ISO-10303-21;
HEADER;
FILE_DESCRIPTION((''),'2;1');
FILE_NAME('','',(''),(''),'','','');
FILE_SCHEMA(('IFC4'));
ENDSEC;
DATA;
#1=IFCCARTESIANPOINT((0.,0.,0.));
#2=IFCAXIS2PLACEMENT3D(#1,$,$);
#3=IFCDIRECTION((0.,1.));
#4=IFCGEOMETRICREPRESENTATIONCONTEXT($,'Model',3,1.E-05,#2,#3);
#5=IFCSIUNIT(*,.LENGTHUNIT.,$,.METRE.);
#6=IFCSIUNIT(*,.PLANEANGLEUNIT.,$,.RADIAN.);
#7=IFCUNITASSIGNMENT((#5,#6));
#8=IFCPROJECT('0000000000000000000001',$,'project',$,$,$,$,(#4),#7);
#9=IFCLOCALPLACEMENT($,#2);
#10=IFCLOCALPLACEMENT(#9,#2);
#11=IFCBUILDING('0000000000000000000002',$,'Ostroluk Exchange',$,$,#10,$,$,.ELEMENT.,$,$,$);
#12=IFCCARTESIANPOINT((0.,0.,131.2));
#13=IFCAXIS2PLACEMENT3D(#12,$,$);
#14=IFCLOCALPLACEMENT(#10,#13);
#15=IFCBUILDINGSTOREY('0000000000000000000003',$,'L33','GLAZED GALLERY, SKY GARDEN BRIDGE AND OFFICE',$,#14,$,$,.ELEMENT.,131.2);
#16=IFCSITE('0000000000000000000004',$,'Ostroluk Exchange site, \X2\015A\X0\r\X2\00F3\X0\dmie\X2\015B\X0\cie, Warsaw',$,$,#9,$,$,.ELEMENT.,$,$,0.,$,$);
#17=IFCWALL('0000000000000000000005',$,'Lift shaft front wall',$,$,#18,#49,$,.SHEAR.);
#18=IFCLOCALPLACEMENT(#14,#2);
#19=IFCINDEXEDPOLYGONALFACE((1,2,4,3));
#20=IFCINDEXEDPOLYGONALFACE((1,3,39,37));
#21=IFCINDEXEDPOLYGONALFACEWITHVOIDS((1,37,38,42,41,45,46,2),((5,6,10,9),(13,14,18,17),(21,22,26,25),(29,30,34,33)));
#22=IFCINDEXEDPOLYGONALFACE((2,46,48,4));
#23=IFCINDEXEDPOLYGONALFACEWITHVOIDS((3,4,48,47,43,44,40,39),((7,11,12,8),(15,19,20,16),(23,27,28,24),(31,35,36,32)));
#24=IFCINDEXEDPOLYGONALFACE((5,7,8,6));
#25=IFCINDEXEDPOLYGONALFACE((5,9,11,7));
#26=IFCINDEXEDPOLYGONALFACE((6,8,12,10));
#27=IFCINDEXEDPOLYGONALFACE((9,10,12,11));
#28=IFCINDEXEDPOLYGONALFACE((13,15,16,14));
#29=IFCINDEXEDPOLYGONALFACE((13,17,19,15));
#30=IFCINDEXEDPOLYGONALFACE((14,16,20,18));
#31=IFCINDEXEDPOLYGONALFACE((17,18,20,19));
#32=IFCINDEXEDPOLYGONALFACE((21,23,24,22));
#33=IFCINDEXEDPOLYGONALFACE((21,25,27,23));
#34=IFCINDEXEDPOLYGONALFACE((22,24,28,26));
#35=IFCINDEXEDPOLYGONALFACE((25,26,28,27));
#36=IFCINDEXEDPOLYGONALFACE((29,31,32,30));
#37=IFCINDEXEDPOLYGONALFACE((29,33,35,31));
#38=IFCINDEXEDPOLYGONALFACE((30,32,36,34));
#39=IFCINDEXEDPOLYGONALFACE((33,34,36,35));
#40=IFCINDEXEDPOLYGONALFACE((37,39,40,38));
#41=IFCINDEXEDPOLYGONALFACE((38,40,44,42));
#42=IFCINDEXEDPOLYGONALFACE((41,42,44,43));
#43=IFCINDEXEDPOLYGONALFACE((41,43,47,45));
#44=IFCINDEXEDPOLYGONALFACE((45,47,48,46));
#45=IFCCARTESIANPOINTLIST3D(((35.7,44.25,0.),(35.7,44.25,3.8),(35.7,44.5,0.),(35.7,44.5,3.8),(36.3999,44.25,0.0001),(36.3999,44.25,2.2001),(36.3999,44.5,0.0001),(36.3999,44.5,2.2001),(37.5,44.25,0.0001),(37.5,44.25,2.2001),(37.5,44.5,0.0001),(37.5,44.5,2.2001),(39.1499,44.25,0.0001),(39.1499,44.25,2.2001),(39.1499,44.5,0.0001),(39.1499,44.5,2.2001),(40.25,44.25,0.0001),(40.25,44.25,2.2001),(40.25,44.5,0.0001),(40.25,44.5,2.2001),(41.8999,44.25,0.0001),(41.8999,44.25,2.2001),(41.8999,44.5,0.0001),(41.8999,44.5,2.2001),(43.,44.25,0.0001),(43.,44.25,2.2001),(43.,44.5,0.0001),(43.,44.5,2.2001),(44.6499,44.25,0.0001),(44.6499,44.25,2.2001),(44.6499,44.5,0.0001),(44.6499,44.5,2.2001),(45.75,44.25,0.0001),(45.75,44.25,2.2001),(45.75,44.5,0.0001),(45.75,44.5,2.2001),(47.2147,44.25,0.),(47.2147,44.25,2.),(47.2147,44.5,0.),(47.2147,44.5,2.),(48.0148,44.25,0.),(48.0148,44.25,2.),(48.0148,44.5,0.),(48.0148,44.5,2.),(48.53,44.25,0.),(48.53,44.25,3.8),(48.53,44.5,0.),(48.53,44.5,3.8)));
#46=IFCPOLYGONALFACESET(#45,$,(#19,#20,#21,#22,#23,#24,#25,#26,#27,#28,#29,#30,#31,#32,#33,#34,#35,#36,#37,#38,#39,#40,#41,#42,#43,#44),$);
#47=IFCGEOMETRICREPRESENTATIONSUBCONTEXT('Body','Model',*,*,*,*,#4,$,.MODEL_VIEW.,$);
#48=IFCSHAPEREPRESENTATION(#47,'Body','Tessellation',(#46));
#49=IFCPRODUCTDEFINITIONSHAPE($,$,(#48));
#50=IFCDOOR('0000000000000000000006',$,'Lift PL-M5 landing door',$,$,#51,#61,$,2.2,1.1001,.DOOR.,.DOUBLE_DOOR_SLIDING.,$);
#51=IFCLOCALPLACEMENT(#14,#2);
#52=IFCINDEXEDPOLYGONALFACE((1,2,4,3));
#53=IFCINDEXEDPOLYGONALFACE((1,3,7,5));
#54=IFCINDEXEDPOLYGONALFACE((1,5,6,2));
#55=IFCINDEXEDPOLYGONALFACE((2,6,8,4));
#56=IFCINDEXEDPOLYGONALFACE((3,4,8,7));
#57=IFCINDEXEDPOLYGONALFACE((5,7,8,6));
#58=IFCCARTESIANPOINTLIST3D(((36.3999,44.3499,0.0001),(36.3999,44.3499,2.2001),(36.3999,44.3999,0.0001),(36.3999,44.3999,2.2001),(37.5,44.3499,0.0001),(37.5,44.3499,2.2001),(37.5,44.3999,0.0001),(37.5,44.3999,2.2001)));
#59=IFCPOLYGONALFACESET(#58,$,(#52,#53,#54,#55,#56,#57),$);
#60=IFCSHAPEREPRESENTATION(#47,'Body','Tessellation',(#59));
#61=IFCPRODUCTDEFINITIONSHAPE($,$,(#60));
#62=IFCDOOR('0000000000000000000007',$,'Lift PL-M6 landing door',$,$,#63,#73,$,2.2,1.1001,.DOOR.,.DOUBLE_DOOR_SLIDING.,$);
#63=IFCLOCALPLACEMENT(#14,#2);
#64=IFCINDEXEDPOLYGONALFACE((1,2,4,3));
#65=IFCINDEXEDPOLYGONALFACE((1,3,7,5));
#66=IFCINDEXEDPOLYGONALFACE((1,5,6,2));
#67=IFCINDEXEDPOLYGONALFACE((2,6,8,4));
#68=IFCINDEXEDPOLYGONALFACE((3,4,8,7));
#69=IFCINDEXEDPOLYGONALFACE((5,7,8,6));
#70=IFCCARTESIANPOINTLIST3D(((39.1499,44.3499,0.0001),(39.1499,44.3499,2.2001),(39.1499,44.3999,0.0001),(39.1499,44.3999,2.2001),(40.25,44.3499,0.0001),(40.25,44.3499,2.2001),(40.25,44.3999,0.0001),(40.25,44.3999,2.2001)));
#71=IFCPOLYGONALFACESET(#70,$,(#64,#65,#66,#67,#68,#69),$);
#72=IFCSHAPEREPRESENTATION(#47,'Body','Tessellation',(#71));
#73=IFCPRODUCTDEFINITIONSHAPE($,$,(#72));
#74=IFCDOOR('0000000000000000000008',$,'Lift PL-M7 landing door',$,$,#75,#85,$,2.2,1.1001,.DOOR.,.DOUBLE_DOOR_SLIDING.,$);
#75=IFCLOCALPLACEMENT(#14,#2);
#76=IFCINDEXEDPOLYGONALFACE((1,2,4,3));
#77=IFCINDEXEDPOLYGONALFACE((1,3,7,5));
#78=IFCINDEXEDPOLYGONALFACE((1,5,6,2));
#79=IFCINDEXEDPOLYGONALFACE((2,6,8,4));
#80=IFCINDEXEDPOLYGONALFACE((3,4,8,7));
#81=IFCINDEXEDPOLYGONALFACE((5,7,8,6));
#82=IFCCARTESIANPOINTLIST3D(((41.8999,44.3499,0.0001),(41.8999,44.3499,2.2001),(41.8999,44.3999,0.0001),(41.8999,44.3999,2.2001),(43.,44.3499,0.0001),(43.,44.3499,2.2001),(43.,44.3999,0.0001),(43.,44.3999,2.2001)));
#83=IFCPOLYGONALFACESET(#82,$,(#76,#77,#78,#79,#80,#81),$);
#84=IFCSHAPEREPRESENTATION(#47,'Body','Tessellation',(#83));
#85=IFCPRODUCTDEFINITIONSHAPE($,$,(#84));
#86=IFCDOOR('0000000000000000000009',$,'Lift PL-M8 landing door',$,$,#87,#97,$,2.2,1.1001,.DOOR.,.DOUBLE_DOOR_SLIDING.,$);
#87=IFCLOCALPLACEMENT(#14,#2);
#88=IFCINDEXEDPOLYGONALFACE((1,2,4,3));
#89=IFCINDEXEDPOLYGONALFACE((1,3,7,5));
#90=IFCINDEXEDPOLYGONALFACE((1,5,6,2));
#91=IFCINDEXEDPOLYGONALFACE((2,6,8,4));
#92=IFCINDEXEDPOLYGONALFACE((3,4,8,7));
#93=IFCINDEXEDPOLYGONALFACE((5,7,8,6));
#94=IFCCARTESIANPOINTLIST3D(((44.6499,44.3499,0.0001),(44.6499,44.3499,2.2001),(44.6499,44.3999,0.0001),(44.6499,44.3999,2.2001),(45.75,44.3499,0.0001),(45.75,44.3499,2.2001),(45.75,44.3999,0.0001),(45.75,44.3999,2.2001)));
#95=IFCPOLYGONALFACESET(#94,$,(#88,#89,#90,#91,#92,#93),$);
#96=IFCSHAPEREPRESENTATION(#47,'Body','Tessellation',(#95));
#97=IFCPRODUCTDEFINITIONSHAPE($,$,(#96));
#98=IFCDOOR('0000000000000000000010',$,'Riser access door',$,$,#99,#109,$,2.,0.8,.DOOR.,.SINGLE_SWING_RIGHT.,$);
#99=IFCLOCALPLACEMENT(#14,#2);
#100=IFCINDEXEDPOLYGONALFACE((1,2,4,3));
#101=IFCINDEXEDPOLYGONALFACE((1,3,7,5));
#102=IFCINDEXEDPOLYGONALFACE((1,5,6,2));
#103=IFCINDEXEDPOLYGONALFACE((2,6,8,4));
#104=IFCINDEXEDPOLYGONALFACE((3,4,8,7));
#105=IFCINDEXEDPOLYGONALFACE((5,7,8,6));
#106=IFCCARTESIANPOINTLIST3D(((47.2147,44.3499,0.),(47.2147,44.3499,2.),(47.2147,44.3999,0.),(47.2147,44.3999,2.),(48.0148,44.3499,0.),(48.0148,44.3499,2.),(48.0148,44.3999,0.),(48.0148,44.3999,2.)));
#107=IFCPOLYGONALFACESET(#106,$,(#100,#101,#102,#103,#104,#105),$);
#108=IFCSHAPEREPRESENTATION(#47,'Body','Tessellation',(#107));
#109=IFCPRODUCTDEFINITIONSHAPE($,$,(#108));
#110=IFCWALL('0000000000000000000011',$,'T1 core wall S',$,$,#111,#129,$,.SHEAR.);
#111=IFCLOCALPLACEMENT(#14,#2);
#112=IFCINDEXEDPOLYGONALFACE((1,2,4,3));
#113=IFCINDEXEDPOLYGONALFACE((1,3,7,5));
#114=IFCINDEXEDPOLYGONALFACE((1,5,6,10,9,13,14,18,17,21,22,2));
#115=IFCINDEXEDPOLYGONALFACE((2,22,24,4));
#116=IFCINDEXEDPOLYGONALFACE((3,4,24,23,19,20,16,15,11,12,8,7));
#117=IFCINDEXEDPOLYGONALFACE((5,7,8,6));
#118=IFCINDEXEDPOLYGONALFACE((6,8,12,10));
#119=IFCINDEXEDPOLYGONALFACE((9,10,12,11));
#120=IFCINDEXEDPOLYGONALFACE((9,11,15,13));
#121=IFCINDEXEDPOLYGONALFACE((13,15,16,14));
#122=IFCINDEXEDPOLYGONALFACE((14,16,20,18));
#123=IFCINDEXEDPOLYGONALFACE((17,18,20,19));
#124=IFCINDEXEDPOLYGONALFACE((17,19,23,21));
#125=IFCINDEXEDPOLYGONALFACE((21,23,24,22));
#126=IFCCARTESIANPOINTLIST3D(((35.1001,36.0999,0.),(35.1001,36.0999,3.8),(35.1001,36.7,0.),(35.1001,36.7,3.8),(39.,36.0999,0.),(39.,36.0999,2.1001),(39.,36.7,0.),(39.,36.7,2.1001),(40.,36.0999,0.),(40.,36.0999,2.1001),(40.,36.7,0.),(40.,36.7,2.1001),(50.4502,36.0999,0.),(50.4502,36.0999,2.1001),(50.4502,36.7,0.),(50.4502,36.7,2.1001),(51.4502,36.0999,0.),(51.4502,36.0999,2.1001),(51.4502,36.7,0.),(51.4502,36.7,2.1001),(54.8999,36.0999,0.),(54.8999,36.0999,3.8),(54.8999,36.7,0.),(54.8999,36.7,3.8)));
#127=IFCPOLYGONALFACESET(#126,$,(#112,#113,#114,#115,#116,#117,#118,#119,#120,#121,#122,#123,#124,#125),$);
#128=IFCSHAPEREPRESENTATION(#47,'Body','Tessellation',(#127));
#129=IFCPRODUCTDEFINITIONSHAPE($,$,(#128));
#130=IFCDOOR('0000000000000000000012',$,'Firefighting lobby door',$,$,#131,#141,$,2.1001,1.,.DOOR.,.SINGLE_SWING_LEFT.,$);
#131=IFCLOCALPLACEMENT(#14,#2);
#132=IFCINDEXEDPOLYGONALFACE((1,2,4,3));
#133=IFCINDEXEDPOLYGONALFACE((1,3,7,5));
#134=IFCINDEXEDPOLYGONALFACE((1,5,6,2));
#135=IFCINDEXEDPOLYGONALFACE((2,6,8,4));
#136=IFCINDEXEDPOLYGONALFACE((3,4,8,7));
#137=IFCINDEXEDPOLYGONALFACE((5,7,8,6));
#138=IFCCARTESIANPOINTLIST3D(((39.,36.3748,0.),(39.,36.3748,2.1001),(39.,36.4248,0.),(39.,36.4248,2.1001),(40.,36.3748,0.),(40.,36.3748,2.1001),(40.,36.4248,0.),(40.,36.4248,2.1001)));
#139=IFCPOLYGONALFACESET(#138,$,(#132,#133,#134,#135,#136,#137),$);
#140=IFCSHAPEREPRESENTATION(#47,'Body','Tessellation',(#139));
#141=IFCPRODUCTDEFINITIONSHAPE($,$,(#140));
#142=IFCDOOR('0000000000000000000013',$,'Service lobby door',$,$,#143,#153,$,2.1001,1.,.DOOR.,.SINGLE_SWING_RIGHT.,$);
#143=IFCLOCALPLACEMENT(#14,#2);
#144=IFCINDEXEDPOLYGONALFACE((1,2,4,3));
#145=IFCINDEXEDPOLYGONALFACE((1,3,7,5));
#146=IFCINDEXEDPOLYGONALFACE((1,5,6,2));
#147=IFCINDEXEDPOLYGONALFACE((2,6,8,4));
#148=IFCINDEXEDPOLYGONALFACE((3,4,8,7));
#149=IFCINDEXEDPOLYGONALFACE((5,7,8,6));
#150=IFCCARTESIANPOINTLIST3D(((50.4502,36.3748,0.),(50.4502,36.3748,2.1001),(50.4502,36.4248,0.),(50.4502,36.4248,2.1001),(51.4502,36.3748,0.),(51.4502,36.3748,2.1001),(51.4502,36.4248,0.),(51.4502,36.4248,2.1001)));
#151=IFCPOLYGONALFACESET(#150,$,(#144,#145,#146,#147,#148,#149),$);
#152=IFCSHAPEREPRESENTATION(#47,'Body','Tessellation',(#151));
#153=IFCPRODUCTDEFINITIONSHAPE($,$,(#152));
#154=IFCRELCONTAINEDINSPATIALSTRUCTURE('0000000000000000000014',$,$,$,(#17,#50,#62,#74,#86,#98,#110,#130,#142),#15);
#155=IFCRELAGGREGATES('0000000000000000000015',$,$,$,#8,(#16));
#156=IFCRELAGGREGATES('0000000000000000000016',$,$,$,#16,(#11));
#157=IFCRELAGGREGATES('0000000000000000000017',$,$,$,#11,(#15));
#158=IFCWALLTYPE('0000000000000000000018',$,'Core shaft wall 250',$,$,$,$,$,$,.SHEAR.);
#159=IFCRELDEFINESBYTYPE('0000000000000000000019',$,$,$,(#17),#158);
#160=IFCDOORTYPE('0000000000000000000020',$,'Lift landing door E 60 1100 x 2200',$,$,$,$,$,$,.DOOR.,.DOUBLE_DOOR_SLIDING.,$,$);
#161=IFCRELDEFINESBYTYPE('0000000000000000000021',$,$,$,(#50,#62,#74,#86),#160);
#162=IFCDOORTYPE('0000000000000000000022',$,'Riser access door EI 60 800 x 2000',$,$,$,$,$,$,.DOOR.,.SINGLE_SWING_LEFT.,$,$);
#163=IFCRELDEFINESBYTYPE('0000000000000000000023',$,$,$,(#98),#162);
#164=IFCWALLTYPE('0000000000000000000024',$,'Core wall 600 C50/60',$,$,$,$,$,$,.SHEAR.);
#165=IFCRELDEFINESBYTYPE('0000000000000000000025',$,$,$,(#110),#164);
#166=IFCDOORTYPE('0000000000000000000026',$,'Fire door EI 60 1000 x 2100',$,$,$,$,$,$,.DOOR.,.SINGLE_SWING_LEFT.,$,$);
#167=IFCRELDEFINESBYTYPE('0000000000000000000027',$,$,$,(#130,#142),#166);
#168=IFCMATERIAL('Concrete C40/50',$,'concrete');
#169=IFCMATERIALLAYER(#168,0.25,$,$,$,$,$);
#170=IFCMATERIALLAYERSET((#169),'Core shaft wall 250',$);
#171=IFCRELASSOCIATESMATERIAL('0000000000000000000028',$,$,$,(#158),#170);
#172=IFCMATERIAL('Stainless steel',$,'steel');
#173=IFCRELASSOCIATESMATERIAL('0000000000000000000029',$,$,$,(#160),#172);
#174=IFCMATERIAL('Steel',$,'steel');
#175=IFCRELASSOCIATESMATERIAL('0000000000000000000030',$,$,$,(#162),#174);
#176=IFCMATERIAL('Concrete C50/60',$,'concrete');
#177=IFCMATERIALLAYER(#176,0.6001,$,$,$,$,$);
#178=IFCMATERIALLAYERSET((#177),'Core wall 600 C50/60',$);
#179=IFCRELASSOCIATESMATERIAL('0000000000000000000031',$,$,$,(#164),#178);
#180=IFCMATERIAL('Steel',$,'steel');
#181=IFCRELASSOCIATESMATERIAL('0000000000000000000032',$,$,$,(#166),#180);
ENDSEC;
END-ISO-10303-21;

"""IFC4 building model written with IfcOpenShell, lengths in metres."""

from ifc_helpers import new_model, si_unit, direction, frame, frame_2d, origin, place, context, subcontext, project, spatial, rectangle, extrude, material, layer, layer_set, type_object, element, fill, save


model = new_model("IFC4")

# Units and contexts
model_context = context("Model", 3, precision=1e-05, world=origin(), true_north=direction((0.0, 1.0)))
body_context = subcontext(model_context, "Body", "Model", "MODEL_VIEW")
ifc_project = project(units=[si_unit("LENGTHUNIT", "METRE"), si_unit("PLANEANGLEUNIT", "RADIAN")], contexts=[model_context])

# Site, building, storey
site_placement = place(None, origin())
site = spatial("IfcSite", under=ifc_project, at=site_placement, Name="Ostroluk Exchange site, Śródmieście, Warsaw", CompositionType="ELEMENT", RefElevation=0.0)
building_placement = place(site_placement, origin())
building = spatial("IfcBuilding", under=site, at=building_placement, Name="Ostroluk Exchange", CompositionType="ELEMENT")
storey_placement = place(building_placement, frame((0.0, 0.0, 131.2)))
storey = spatial("IfcBuildingStorey", under=building, at=storey_placement, Name="L33", Description="GLAZED GALLERY, SKY GARDEN BRIDGE AND OFFICE", CompositionType="ELEMENT", Elevation=131.2)

# Shared definitions
ifc_material_1 = material(Name="Concrete C40/50", Category="concrete")
ifc_layer_1 = layer(ifc_material_1, 0.25)
ifc_layer_set_1 = layer_set([ifc_layer_1], Name="Core shaft wall 250")
wall_type_1 = type_object("IfcWallType", Name="Core shaft wall 250", PredefinedType="SHEAR", material=ifc_layer_set_1)

# Walls, openings, doors
wall_1_placement = place(storey_placement, frame((35.7, 44.375, 0.0), z_axis=(0.0, 0.0, 1.0), x_axis=(1.0, 0.0, 0.0)))
wall_1 = element("IfcWall", 1, at=wall_1_placement, inside=storey, type_object=wall_type_1, Name="Lift shaft front wall", PredefinedType="SHEAR", context=body_context, shape_type="SweptSolid", body=[
    extrude(rectangle(XDim=12.8301, YDim=0.25, at=frame_2d((6.415, 0.0))), origin(), (0.0, 0.0, 1.0), 3.8),
])
opening_1_placement = place(wall_1_placement, frame((0.7, 0.0, 0.0)))
opening_1 = element("IfcOpeningElement", 2, at=opening_1_placement, cuts=wall_1, PredefinedType="OPENING", context=body_context, shape_type="SweptSolid", body=[
    extrude(rectangle(XDim=1.1001, YDim=2.2, at=frame_2d((0.55, 1.1001))), frame((0.0, 0.135, 0.0), z_axis=(0.0, -1.0, 0.0), x_axis=(1.0, 0.0, 0.0)), (0.0, 0.0, 1.0), 0.27),
])
opening_2_placement = place(wall_1_placement, frame((3.45, 0.0, 0.0)))
opening_2 = element("IfcOpeningElement", 3, at=opening_2_placement, cuts=wall_1, PredefinedType="OPENING", context=body_context, shape_type="SweptSolid", body=[
    extrude(rectangle(XDim=1.1001, YDim=2.2, at=frame_2d((0.55, 1.1001))), frame((0.0, 0.135, 0.0), z_axis=(0.0, -1.0, 0.0), x_axis=(1.0, 0.0, 0.0)), (0.0, 0.0, 1.0), 0.27),
])
opening_3_placement = place(wall_1_placement, frame((6.2, 0.0, 0.0)))
opening_3 = element("IfcOpeningElement", 4, at=opening_3_placement, cuts=wall_1, PredefinedType="OPENING", context=body_context, shape_type="SweptSolid", body=[
    extrude(rectangle(XDim=1.1001, YDim=2.2, at=frame_2d((0.55, 1.1001))), frame((0.0, 0.135, 0.0), z_axis=(0.0, -1.0, 0.0), x_axis=(1.0, 0.0, 0.0)), (0.0, 0.0, 1.0), 0.27),
])
opening_4_placement = place(wall_1_placement, frame((8.95, 0.0, 0.0)))
opening_4 = element("IfcOpeningElement", 5, at=opening_4_placement, cuts=wall_1, PredefinedType="OPENING", context=body_context, shape_type="SweptSolid", body=[
    extrude(rectangle(XDim=1.1001, YDim=2.2, at=frame_2d((0.55, 1.1001))), frame((0.0, 0.135, 0.0), z_axis=(0.0, -1.0, 0.0), x_axis=(1.0, 0.0, 0.0)), (0.0, 0.0, 1.0), 0.27),
])
opening_5_placement = place(wall_1_placement, frame((11.5149, 0.0, 0.0)))
opening_5 = element("IfcOpeningElement", 6, at=opening_5_placement, cuts=wall_1, PredefinedType="OPENING", context=body_context, shape_type="SweptSolid", body=[
    extrude(rectangle(XDim=0.8, YDim=2.0, at=frame_2d((0.3999, 1.0))), frame((0.0, 0.135, 0.0), z_axis=(0.0, -1.0, 0.0), x_axis=(1.0, 0.0, 0.0)), (0.0, 0.0, 1.0), 0.27),
])
ifc_material_2 = material(Name="Stainless steel", Category="steel")
door_type_1 = type_object("IfcDoorType", Name="Lift landing door E 60 1100 x 2200", OperationType="DOUBLE_DOOR_SLIDING", PredefinedType="DOOR", material=ifc_material_2)
door_1_placement = place(opening_1_placement, origin())
door_1 = element("IfcDoor", 7, at=door_1_placement, inside=storey, type_object=door_type_1, Name="Lift PL-M5 landing door", OperationType="DOUBLE_DOOR_SLIDING", OverallHeight=2.2, OverallWidth=1.1001, PredefinedType="DOOR", context=body_context, shape_type="SweptSolid", body=[
    extrude(rectangle(XDim=1.1001, YDim=2.2, at=frame_2d((0.55, 1.1001))), frame((0.0, 0.0249, 0.0), z_axis=(0.0, -1.0, 0.0), x_axis=(1.0, 0.0, 0.0)), (0.0, 0.0, 1.0), 0.05),
])
fill(opening_1, door_1)
door_2_placement = place(opening_2_placement, origin())
door_2 = element("IfcDoor", 8, at=door_2_placement, inside=storey, type_object=door_type_1, Name="Lift PL-M6 landing door", OperationType="DOUBLE_DOOR_SLIDING", OverallHeight=2.2, OverallWidth=1.1001, PredefinedType="DOOR", context=body_context, shape_type="SweptSolid", body=[
    extrude(rectangle(XDim=1.1001, YDim=2.2, at=frame_2d((0.55, 1.1001))), frame((0.0, 0.0249, 0.0), z_axis=(0.0, -1.0, 0.0), x_axis=(1.0, 0.0, 0.0)), (0.0, 0.0, 1.0), 0.05),
])
fill(opening_2, door_2)
door_3_placement = place(opening_3_placement, origin())
door_3 = element("IfcDoor", 9, at=door_3_placement, inside=storey, type_object=door_type_1, Name="Lift PL-M7 landing door", OperationType="DOUBLE_DOOR_SLIDING", OverallHeight=2.2, OverallWidth=1.1001, PredefinedType="DOOR", context=body_context, shape_type="SweptSolid", body=[
    extrude(rectangle(XDim=1.1001, YDim=2.2, at=frame_2d((0.55, 1.1001))), frame((0.0, 0.0249, 0.0), z_axis=(0.0, -1.0, 0.0), x_axis=(1.0, 0.0, 0.0)), (0.0, 0.0, 1.0), 0.05),
])
fill(opening_3, door_3)
door_4_placement = place(opening_4_placement, origin())
door_4 = element("IfcDoor", 10, at=door_4_placement, inside=storey, type_object=door_type_1, Name="Lift PL-M8 landing door", OperationType="DOUBLE_DOOR_SLIDING", OverallHeight=2.2, OverallWidth=1.1001, PredefinedType="DOOR", context=body_context, shape_type="SweptSolid", body=[
    extrude(rectangle(XDim=1.1001, YDim=2.2, at=frame_2d((0.55, 1.1001))), frame((0.0, 0.0249, 0.0), z_axis=(0.0, -1.0, 0.0), x_axis=(1.0, 0.0, 0.0)), (0.0, 0.0, 1.0), 0.05),
])
fill(opening_4, door_4)
ifc_material_3 = material(Name="Steel", Category="steel")
door_type_2 = type_object("IfcDoorType", Name="Riser access door EI 60 800 x 2000", OperationType="SINGLE_SWING_LEFT", PredefinedType="DOOR", material=ifc_material_3)
door_5_placement = place(opening_5_placement, origin())
door_5 = element("IfcDoor", 11, at=door_5_placement, inside=storey, type_object=door_type_2, Name="Riser access door", OperationType="SINGLE_SWING_RIGHT", OverallHeight=2.0, OverallWidth=0.8, PredefinedType="DOOR", context=body_context, shape_type="SweptSolid", body=[
    extrude(rectangle(XDim=0.8, YDim=2.0, at=frame_2d((0.3999, 1.0))), frame((0.0, 0.0249, 0.0), z_axis=(0.0, -1.0, 0.0), x_axis=(1.0, 0.0, 0.0)), (0.0, 0.0, 1.0), 0.05),
])
fill(opening_5, door_5)
ifc_material_4 = material(Name="Concrete C50/60", Category="concrete")
ifc_layer_2 = layer(ifc_material_4, 0.6001)
ifc_layer_set_2 = layer_set([ifc_layer_2], Name="Core wall 600 C50/60")
wall_type_2 = type_object("IfcWallType", Name="Core wall 600 C50/60", PredefinedType="SHEAR", material=ifc_layer_set_2)
wall_2_placement = place(storey_placement, frame((35.1001, 36.3999, 0.0), z_axis=(0.0, 0.0, 1.0), x_axis=(1.0, 0.0, 0.0)))
wall_2 = element("IfcWall", 12, at=wall_2_placement, inside=storey, type_object=wall_type_2, Name="T1 core wall S", PredefinedType="SHEAR", context=body_context, shape_type="SweptSolid", body=[
    extrude(rectangle(XDim=19.7998, YDim=0.6001, at=frame_2d((9.8999, 0.0))), origin(), (0.0, 0.0, 1.0), 3.8),
])
opening_6_placement = place(wall_2_placement, frame((3.8999, 0.0, 0.0)))
opening_6 = element("IfcOpeningElement", 13, at=opening_6_placement, cuts=wall_2, PredefinedType="OPENING", context=body_context, shape_type="SweptSolid", body=[
    extrude(rectangle(XDim=1.0, YDim=2.1001, at=frame_2d((0.5, 1.05))), frame((0.0, 0.3101, 0.0), z_axis=(0.0, -1.0, 0.0), x_axis=(1.0, 0.0, 0.0)), (0.0, 0.0, 1.0), 0.6201),
])
opening_7_placement = place(wall_2_placement, frame((15.3501, 0.0, 0.0)))
opening_7 = element("IfcOpeningElement", 14, at=opening_7_placement, cuts=wall_2, PredefinedType="OPENING", context=body_context, shape_type="SweptSolid", body=[
    extrude(rectangle(XDim=1.0, YDim=2.1001, at=frame_2d((0.5, 1.05))), frame((0.0, 0.3101, 0.0), z_axis=(0.0, -1.0, 0.0), x_axis=(1.0, 0.0, 0.0)), (0.0, 0.0, 1.0), 0.6201),
])
ifc_material_5 = material(Name="Steel", Category="steel")
door_type_3 = type_object("IfcDoorType", Name="Fire door EI 60 1000 x 2100", OperationType="SINGLE_SWING_LEFT", PredefinedType="DOOR", material=ifc_material_5)
door_6_placement = place(opening_6_placement, origin())
door_6 = element("IfcDoor", 15, at=door_6_placement, inside=storey, type_object=door_type_3, Name="Firefighting lobby door", OperationType="SINGLE_SWING_LEFT", OverallHeight=2.1001, OverallWidth=1.0, PredefinedType="DOOR", context=body_context, shape_type="SweptSolid", body=[
    extrude(rectangle(XDim=1.0, YDim=2.1001, at=frame_2d((0.5, 1.05))), frame((0.0, 0.0249, 0.0), z_axis=(0.0, -1.0, 0.0), x_axis=(1.0, 0.0, 0.0)), (0.0, 0.0, 1.0), 0.05),
])
fill(opening_6, door_6)
door_7_placement = place(opening_7_placement, origin())
door_7 = element("IfcDoor", 16, at=door_7_placement, inside=storey, type_object=door_type_3, Name="Service lobby door", OperationType="SINGLE_SWING_RIGHT", OverallHeight=2.1001, OverallWidth=1.0, PredefinedType="DOOR", context=body_context, shape_type="SweptSolid", body=[
    extrude(rectangle(XDim=1.0, YDim=2.1001, at=frame_2d((0.5, 1.05))), frame((0.0, 0.0249, 0.0), z_axis=(0.0, -1.0, 0.0), x_axis=(1.0, 0.0, 0.0)), (0.0, 0.0, 1.0), 0.05),
])
fill(opening_7, door_7)

save(model, "model.ifc")
